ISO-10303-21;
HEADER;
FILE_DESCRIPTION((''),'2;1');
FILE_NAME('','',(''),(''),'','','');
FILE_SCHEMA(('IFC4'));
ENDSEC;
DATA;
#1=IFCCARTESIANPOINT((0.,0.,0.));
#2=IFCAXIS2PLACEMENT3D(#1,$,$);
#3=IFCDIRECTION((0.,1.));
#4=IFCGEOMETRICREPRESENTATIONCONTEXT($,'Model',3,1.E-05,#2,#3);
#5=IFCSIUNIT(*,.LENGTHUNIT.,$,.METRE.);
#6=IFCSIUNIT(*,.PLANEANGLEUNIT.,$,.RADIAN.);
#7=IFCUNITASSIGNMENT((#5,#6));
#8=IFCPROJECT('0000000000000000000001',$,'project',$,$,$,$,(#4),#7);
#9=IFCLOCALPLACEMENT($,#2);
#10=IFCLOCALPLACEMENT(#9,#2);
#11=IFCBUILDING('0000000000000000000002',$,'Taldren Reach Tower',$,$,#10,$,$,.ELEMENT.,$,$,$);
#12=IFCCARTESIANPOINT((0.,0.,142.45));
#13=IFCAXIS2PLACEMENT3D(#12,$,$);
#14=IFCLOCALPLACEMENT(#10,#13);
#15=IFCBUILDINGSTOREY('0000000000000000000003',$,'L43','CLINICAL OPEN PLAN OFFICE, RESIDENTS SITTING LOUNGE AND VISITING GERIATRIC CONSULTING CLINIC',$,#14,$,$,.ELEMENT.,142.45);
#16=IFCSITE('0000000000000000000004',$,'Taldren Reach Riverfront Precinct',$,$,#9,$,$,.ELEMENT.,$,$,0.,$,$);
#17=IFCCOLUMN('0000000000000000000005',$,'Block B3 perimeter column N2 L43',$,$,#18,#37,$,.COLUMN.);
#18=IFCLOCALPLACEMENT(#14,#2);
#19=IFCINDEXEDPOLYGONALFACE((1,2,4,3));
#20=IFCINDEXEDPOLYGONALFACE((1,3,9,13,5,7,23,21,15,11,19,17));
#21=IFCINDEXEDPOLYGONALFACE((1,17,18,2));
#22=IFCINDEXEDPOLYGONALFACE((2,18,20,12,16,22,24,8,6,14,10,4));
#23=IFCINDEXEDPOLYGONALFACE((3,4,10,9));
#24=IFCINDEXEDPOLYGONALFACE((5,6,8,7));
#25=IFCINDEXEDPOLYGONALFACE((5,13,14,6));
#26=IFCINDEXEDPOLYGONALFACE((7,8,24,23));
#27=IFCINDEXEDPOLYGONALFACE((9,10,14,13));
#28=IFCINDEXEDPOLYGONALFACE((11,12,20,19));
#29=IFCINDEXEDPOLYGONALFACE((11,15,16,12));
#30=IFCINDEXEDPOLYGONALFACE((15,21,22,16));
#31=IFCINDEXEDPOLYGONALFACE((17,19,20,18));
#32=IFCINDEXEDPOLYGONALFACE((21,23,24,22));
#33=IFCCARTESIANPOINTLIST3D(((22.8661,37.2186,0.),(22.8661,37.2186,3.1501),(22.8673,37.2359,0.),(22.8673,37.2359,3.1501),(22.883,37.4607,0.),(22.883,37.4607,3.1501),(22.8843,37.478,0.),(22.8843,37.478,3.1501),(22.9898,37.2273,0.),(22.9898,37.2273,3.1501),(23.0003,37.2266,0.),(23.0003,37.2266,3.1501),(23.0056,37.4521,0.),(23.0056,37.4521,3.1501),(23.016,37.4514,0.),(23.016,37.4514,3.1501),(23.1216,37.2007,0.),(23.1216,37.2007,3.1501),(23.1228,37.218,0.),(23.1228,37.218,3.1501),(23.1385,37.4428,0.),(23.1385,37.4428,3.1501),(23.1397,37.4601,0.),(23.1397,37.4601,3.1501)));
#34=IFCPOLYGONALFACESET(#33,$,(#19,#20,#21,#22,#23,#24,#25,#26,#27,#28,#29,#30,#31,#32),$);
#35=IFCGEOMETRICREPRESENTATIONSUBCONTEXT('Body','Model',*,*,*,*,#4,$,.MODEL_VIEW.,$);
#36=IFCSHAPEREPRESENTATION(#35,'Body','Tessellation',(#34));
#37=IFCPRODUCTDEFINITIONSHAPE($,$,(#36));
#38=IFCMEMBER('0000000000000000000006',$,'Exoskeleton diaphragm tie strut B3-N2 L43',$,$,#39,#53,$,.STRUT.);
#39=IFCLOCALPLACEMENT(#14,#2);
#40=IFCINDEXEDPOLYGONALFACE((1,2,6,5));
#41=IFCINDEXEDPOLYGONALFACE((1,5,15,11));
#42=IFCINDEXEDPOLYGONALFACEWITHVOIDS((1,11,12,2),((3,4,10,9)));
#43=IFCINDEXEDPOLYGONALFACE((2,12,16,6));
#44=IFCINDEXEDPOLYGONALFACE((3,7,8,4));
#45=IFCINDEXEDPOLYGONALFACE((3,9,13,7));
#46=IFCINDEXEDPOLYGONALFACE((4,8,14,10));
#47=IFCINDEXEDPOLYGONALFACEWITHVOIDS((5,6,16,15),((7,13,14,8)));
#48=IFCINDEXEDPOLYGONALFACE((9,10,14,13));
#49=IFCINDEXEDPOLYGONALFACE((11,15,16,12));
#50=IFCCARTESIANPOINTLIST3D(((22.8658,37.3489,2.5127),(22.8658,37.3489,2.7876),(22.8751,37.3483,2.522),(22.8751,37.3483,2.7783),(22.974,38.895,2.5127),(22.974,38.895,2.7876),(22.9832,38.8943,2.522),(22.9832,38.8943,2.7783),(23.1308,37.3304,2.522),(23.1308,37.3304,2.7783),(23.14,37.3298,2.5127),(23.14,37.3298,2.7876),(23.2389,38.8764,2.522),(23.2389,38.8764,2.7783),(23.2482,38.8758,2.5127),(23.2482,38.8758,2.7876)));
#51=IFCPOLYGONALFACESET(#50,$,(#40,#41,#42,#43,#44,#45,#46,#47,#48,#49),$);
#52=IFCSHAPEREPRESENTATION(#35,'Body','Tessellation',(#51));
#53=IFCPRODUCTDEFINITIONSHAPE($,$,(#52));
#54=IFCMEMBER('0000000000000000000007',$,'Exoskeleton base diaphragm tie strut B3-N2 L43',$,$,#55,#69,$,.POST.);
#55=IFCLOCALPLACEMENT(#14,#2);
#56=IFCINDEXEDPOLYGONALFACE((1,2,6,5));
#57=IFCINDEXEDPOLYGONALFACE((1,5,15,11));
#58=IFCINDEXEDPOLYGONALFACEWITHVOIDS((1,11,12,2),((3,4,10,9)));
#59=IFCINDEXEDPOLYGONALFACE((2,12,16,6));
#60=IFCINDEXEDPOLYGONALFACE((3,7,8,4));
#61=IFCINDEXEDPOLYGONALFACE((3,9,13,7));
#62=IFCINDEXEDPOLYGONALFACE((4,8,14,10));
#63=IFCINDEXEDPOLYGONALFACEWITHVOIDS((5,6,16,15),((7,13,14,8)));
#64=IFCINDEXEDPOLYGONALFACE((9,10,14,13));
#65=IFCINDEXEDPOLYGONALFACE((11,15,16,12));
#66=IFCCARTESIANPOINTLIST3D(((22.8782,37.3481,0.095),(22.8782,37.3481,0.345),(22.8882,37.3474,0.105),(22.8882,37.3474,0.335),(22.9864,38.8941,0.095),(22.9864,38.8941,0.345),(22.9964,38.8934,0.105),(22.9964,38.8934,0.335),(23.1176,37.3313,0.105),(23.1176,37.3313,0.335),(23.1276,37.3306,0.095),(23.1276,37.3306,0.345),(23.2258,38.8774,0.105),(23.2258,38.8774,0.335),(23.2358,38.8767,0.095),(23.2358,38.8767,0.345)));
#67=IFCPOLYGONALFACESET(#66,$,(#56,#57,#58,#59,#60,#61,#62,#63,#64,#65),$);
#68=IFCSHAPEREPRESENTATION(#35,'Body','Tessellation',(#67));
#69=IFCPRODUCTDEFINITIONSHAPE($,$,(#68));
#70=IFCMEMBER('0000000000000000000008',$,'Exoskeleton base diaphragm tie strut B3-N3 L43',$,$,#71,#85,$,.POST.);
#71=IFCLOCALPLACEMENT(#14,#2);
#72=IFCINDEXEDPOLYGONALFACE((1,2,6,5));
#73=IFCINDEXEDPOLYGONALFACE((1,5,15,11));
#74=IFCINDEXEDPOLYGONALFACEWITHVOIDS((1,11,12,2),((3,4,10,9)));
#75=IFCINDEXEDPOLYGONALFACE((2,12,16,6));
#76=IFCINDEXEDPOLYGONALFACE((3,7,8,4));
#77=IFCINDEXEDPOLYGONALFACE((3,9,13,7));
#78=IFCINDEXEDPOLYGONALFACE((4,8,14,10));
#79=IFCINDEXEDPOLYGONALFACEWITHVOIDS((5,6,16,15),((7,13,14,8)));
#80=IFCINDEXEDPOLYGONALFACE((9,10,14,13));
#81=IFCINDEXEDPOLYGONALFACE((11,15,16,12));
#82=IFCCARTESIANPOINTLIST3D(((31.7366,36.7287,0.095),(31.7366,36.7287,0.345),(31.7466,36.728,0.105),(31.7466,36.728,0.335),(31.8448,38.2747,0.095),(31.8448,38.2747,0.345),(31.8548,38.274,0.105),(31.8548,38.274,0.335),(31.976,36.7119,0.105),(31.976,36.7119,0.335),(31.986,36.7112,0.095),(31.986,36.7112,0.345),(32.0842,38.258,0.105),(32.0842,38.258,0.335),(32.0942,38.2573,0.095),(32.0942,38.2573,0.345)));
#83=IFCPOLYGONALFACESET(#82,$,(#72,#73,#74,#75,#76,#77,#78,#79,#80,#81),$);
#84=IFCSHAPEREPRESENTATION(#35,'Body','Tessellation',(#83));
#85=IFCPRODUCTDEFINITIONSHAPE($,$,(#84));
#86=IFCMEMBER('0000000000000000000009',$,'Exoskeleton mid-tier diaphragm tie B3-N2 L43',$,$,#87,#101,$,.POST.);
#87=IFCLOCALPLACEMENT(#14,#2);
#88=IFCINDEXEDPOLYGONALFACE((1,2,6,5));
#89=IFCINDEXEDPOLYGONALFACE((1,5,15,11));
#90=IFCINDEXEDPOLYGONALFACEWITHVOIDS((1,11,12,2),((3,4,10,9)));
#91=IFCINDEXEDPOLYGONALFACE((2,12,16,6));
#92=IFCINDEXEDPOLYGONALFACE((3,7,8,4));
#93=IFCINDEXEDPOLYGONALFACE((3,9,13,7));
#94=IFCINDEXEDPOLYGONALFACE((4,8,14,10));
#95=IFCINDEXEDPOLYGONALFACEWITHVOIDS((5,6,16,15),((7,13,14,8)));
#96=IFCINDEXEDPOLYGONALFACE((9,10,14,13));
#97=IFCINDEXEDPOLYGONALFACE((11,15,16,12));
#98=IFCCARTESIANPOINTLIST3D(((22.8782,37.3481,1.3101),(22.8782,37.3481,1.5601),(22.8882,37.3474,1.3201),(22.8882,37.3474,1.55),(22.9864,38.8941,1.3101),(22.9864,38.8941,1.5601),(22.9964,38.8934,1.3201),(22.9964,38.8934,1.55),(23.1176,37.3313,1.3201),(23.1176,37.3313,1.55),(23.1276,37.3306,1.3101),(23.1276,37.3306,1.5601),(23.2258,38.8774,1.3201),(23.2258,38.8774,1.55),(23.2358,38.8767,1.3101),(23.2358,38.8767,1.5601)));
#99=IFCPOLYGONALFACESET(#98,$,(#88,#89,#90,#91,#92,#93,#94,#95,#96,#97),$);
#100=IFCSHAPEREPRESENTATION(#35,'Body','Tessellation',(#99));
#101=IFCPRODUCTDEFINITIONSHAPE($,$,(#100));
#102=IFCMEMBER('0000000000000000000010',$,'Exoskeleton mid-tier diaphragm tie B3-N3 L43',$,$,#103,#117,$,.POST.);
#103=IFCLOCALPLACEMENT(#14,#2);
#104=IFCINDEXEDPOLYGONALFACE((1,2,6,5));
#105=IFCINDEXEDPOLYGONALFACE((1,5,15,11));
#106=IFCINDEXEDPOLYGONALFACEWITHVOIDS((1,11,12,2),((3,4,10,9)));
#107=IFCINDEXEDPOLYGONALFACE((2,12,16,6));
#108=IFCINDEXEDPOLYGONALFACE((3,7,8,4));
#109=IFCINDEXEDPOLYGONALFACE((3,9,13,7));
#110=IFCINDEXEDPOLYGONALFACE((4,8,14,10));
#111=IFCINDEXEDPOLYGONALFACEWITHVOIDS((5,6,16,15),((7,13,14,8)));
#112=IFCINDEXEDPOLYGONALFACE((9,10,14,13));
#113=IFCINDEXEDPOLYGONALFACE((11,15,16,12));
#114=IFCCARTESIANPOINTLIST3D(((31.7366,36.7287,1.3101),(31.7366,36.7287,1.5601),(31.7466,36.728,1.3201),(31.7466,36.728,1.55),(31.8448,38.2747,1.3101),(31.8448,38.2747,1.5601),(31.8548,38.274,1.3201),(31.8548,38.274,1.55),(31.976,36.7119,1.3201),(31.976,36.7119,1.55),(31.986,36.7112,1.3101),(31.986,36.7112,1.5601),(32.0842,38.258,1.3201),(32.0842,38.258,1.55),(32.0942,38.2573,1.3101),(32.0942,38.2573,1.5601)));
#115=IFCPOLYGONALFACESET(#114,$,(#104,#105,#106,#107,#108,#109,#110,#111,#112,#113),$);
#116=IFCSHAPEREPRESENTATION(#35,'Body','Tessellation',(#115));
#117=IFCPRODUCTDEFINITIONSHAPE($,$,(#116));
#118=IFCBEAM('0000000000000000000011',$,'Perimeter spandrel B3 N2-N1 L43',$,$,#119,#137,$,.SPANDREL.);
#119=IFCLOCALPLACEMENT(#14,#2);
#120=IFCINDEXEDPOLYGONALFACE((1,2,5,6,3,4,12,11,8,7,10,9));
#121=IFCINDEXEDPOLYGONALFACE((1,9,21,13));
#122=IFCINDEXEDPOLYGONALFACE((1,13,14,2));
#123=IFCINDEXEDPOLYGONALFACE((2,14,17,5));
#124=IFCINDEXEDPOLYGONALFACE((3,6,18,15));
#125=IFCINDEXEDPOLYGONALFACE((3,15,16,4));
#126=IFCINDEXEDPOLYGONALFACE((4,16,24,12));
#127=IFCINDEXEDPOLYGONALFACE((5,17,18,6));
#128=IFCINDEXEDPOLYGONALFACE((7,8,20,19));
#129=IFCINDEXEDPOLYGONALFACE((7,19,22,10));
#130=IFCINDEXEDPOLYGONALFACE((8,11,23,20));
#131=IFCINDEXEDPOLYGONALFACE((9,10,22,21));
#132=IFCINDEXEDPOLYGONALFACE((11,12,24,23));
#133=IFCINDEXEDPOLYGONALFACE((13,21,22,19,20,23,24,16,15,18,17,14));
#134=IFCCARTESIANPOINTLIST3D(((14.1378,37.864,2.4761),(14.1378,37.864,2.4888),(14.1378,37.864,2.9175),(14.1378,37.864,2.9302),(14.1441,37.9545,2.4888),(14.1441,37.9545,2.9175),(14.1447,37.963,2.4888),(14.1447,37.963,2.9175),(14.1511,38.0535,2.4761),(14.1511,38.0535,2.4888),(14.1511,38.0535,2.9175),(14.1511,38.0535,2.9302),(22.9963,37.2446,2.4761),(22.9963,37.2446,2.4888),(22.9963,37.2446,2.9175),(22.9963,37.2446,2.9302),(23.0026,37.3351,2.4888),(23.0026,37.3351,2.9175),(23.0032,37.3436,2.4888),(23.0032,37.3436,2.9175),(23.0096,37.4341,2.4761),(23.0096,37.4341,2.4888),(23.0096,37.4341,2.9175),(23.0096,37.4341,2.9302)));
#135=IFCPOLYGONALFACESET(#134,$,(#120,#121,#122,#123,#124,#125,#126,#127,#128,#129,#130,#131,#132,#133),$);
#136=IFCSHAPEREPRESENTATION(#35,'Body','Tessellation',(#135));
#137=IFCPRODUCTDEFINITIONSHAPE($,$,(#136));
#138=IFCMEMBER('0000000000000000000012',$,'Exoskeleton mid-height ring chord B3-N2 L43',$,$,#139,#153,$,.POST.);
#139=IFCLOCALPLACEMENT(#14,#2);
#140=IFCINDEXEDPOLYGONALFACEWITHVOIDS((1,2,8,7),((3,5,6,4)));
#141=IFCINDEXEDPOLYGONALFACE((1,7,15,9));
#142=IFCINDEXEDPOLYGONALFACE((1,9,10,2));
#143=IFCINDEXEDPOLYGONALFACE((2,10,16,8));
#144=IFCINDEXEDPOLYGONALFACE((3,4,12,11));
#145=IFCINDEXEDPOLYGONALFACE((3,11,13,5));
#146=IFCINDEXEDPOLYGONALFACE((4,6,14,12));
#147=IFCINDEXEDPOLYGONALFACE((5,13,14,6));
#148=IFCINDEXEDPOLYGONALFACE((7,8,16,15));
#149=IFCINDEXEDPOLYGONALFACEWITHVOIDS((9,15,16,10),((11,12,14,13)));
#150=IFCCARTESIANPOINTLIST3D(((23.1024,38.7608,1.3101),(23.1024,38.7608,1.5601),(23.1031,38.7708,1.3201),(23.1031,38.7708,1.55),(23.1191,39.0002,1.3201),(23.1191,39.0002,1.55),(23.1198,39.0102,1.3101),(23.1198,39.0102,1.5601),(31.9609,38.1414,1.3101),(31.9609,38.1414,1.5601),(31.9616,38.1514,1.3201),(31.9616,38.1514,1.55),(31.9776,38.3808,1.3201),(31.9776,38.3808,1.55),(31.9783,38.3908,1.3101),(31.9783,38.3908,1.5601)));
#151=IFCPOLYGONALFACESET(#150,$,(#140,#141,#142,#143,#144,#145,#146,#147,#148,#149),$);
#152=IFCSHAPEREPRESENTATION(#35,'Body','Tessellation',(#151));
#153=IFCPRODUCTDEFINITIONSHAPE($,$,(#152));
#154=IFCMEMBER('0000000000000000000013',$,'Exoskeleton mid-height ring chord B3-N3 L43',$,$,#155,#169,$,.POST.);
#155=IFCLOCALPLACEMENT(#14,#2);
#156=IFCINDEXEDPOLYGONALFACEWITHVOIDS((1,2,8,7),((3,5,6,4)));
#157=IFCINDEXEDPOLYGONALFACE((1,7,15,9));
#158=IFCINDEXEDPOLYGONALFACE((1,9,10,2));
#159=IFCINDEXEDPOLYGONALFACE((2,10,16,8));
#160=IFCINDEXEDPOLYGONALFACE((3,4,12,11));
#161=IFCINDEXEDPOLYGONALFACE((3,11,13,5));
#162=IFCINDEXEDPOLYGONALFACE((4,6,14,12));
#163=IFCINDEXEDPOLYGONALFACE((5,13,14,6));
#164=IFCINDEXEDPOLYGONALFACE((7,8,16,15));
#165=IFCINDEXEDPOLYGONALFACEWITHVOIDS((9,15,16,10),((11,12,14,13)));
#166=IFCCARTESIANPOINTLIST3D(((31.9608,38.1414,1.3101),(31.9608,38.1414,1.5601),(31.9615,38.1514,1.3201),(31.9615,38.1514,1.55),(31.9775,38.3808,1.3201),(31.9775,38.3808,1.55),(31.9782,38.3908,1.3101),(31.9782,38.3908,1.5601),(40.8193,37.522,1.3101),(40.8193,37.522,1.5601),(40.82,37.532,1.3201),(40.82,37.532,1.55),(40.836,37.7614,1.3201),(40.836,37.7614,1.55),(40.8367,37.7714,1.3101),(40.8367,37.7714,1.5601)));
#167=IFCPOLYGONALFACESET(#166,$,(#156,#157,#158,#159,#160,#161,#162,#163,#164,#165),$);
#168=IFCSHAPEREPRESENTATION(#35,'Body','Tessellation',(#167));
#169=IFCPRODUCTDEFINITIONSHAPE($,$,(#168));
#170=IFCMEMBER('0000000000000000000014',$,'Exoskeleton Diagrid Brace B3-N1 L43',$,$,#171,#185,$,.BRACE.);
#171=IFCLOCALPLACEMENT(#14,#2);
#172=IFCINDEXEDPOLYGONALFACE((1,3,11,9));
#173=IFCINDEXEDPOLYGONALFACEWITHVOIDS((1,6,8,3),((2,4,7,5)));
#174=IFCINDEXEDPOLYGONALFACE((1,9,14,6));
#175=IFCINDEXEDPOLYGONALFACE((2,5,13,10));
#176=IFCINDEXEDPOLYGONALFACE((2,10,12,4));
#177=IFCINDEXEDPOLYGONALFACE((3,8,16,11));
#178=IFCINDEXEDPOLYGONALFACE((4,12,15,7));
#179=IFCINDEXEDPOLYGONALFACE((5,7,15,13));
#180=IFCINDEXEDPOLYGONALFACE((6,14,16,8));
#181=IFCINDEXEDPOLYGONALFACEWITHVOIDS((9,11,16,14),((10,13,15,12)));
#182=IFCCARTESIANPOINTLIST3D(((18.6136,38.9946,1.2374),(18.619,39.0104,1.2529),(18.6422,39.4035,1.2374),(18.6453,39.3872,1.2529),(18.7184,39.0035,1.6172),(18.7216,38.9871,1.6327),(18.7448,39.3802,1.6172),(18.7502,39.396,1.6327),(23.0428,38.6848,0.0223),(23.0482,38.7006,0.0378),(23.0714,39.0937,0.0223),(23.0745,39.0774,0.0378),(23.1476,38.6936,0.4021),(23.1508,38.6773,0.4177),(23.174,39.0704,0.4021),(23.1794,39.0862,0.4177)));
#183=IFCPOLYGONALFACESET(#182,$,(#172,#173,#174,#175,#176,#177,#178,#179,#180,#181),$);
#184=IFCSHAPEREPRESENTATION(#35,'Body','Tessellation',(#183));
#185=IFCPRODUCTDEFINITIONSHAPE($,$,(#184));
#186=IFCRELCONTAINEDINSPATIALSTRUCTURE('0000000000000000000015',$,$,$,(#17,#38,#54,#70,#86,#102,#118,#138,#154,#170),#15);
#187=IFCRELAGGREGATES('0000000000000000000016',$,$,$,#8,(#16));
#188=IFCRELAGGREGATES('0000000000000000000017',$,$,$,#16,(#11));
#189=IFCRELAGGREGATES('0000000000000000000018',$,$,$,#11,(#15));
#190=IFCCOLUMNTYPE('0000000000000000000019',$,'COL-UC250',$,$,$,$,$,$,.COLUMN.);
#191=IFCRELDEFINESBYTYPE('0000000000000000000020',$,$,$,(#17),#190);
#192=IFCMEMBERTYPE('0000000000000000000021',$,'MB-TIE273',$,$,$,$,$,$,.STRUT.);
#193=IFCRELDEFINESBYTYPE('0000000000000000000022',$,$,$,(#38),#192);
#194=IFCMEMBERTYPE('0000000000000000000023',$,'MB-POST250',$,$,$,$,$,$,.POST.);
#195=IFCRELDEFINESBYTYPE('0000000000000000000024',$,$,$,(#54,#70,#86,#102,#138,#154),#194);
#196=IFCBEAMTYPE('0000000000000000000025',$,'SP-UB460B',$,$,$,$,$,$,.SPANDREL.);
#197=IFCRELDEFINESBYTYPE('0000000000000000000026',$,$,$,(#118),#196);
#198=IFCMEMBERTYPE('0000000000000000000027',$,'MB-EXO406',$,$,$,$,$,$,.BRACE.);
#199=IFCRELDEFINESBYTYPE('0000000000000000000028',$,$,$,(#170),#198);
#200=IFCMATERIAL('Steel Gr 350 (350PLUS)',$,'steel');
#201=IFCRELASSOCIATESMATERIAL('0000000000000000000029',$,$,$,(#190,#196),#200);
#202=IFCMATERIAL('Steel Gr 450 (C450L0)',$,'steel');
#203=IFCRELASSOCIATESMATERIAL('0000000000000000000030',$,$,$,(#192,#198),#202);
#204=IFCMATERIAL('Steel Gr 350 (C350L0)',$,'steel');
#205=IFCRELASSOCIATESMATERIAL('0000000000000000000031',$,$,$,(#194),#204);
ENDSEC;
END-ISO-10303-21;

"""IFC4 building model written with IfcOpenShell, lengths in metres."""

from ifc_helpers import new_model, si_unit, direction, frame, origin, origin_2d, place, context, subcontext, project, spatial, hollow_rectangle, i_section, extrude, source, transform, mapped, material, material_profile, profile_set, type_object, element, save


model = new_model("IFC4")

# Units and contexts
model_context = context("Model", 3, precision=1e-05, world=origin(), true_north=direction((0.0, 1.0)))
body_context = subcontext(model_context, "Body", "Model", "MODEL_VIEW")
ifc_project = project(units=[si_unit("LENGTHUNIT", "METRE"), si_unit("PLANEANGLEUNIT", "RADIAN")], contexts=[model_context])

# Site, building, storey
site_placement = place(None, origin())
site = spatial("IfcSite", under=ifc_project, at=site_placement, Name="Taldren Reach Riverfront Precinct", CompositionType="ELEMENT", RefElevation=0.0)
building_placement = place(site_placement, origin())
building = spatial("IfcBuilding", under=site, at=building_placement, Name="Taldren Reach Tower", CompositionType="ELEMENT")
storey_placement = place(building_placement, frame((0.0, 0.0, 142.45)))
storey = spatial("IfcBuildingStorey", under=building, at=storey_placement, Name="L43", Description="CLINICAL OPEN PLAN OFFICE, RESIDENTS SITTING LOUNGE AND VISITING GERIATRIC CONSULTING CLINIC", CompositionType="ELEMENT", Elevation=142.45)

# Column
ifc_material_1 = material(Name="Steel Gr 350 (350PLUS)", Category="steel")
ifc_material_profile_1 = material_profile(ifc_material_1, i_section(OverallWidth=0.2561, OverallDepth=0.26, WebThickness=0.0105, FlangeThickness=0.0173, at=origin_2d()), Name="250UC89.5")
ifc_profile_set_1 = profile_set([ifc_material_profile_1], Name="Steel Gr 350 (350PLUS)")
column_type = type_object("IfcColumnType", Name="COL-UC250", PredefinedType="COLUMN", material=ifc_profile_set_1)
shared_shape_1 = source(origin(), body_context, "Body", "SweptSolid", [
    extrude(i_section(OverallWidth=0.2561, OverallDepth=0.26, WebThickness=0.0105, FlangeThickness=0.0173, at=origin_2d()), origin(), (0.0, 0.0, 1.0), 3.1501),
])
column_placement = place(storey_placement, frame((23.0029, 37.3394, 0.0), z_axis=(0.0, 0.0, 1.0), x_axis=(0.997564, -0.069756, 0.0)))
element("IfcColumn", 1, at=column_placement, inside=storey, type_object=column_type, Name="Block B3 perimeter column N2 L43", PredefinedType="COLUMN", context=body_context, shape_type="MappedRepresentation", body=[
    mapped(shared_shape_1, transform((0.0, 0.0, 0.0), scale=1.0)),
])

# Members
ifc_material_2 = material(Name="Steel Gr 450 (C450L0)", Category="steel")
ifc_material_profile_2 = material_profile(ifc_material_2, hollow_rectangle(XDim=0.2749, YDim=0.2749, WallThickness=0.0093, at=origin_2d()), Name="275x275x9.3SHS")
ifc_profile_set_2 = profile_set([ifc_material_profile_2], Name="Steel Gr 450 (C450L0)")
member_type_1 = type_object("IfcMemberType", Name="MB-TIE273", PredefinedType="STRUT", material=ifc_profile_set_2)
shared_shape_2 = source(origin(), body_context, "Body", "SweptSolid", [
    extrude(hollow_rectangle(XDim=0.2749, YDim=0.2749, WallThickness=0.0093, at=origin_2d()), origin(), (0.0, 0.0, 1.0), 1.5498),
])
member_1_placement = place(storey_placement, frame((23.0029, 37.3394, 2.6501), z_axis=(0.069781, 0.997562, 0.0), x_axis=(-0.997562, 0.069781, 0.0)))
element("IfcMember", 2, at=member_1_placement, inside=storey, type_object=member_type_1, Name="Exoskeleton diaphragm tie strut B3-N2 L43", PredefinedType="STRUT", context=body_context, shape_type="MappedRepresentation", body=[
    mapped(shared_shape_2, transform((0.0, 0.0, 0.0), scale=1.0)),
])
ifc_material_3 = material(Name="Steel Gr 350 (C350L0)", Category="steel")
ifc_material_profile_3 = material_profile(ifc_material_3, hollow_rectangle(XDim=0.25, YDim=0.25, WallThickness=0.01, at=origin_2d()), Name="250x250x10.0SHS")
ifc_profile_set_3 = profile_set([ifc_material_profile_3], Name="Steel Gr 350 (C350L0)")
member_type_2 = type_object("IfcMemberType", Name="MB-POST250", PredefinedType="POST", material=ifc_profile_set_3)
shared_shape_3 = source(origin(), body_context, "Body", "SweptSolid", [
    extrude(hollow_rectangle(XDim=0.25, YDim=0.25, WallThickness=0.01, at=origin_2d()), origin(), (0.0, 0.0, 1.0), 1.5498),
])
for number, where, z_axis, x_axis, name in (
    (3, (23.0029, 37.3394, 0.22), (0.069781, 0.997562, 0.0), (-0.997562, 0.069781, 0.0), "Exoskeleton base diaphragm tie strut B3-N2 L43"),
    (4, (31.8613, 36.72, 0.22), (0.069781, 0.997562, 0.0), (-0.997562, 0.069781, 0.0), "Exoskeleton base diaphragm tie strut B3-N3 L43"),
    (5, (23.0029, 37.3394, 1.4351), (0.069781, 0.997562, 0.0), (-0.997562, 0.069781, 0.0), "Exoskeleton mid-tier diaphragm tie B3-N2 L43"),
    (6, (31.8613, 36.72, 1.4351), (0.069781, 0.997562, 0.0), (-0.997562, 0.069781, 0.0), "Exoskeleton mid-tier diaphragm tie B3-N3 L43"),
):
    element("IfcMember", number, at=place(storey_placement, frame(where, z_axis=z_axis, x_axis=x_axis)), inside=storey, type_object=member_type_2, Name=name, PredefinedType="POST", context=body_context, shape_type="MappedRepresentation", body=[
        mapped(shared_shape_3, transform((0.0, 0.0, 0.0), scale=1.0)),
    ])

# Beam
ifc_material_profile_4 = material_profile(ifc_material_1, i_section(OverallWidth=0.1899, OverallDepth=0.4541, WebThickness=0.0085, FlangeThickness=0.0127, at=origin_2d()), Name="460UB67.1")
ifc_profile_set_4 = profile_set([ifc_material_profile_4], Name="Steel Gr 350 (350PLUS)")
beam_type = type_object("IfcBeamType", Name="SP-UB460B", PredefinedType="SPANDREL", material=ifc_profile_set_4)
shared_shape_4 = source(origin(), body_context, "Body", "SweptSolid", [
    extrude(i_section(OverallWidth=0.1899, OverallDepth=0.4541, WebThickness=0.0085, FlangeThickness=0.0127, at=origin_2d()), origin(), (0.0, 0.0, 1.0), 8.8801),
])
beam_placement = place(storey_placement, frame((23.0029, 37.3394, 2.7031), z_axis=(-0.997564, 0.06975, 0.0), x_axis=(-0.06975, -0.997564, 0.0)))
element("IfcBeam", 7, at=beam_placement, inside=storey, type_object=beam_type, Name="Perimeter spandrel B3 N2-N1 L43", PredefinedType="SPANDREL", context=body_context, shape_type="MappedRepresentation", body=[
    mapped(shared_shape_4, transform((0.0, 0.0, 0.0), scale=1.0)),
])

# Members
shared_shape_5 = source(origin(), body_context, "Body", "SweptSolid", [
    extrude(hollow_rectangle(XDim=0.25, YDim=0.25, WallThickness=0.01, at=origin_2d()), origin(), (0.0, 0.0, 1.0), 8.8801),
])
for number, where, z_axis, x_axis, name in (
    (8, (23.1111, 38.8855, 1.4351), (0.997564, -0.06975, 0.0), (0.06975, 0.997564, 0.0), "Exoskeleton mid-height ring chord B3-N2 L43"),
    (9, (31.9695, 38.2661, 1.4351), (0.997564, -0.06975, 0.0), (0.06975, 0.997564, 0.0), "Exoskeleton mid-height ring chord B3-N3 L43"),
):
    element("IfcMember", number, at=place(storey_placement, frame(where, z_axis=z_axis, x_axis=x_axis)), inside=storey, type_object=member_type_2, Name=name, PredefinedType="POST", context=body_context, shape_type="MappedRepresentation", body=[
        mapped(shared_shape_5, transform((0.0, 0.0, 0.0), scale=1.0)),
    ])
ifc_material_profile_5 = material_profile(ifc_material_2, hollow_rectangle(XDim=0.4099, YDim=0.4099, WallThickness=0.0161, at=origin_2d()), Name="410x410x16.0SHS")
ifc_profile_set_5 = profile_set([ifc_material_profile_5], Name="Steel Gr 450 (C450L0)")
member_type_3 = type_object("IfcMemberType", Name="MB-EXO406", PredefinedType="BRACE", material=ifc_profile_set_5)
shared_shape_6 = source(origin(), body_context, "Body", "SweptSolid", [
    extrude(hollow_rectangle(XDim=0.4099, YDim=0.4099, WallThickness=0.0161, at=origin_2d()), origin(), (0.0, 0.0, 1.0), 4.6033),
])
for number, where, z_axis, x_axis, name in (
    (10, (23.1111, 38.8855, 0.22), (-0.962182, 0.067303, 0.263961), (-0.069778, -0.997563, 0.0), "Exoskeleton Diagrid Brace B3-N1 L43"),
):
    element("IfcMember", number, at=place(storey_placement, frame(where, z_axis=z_axis, x_axis=x_axis)), inside=storey, type_object=member_type_3, Name=name, PredefinedType="BRACE", context=body_context, shape_type="MappedRepresentation", body=[
        mapped(shared_shape_6, transform((0.0, 0.0, 0.0), scale=1.0)),
    ])

save(model, "model.ifc")
